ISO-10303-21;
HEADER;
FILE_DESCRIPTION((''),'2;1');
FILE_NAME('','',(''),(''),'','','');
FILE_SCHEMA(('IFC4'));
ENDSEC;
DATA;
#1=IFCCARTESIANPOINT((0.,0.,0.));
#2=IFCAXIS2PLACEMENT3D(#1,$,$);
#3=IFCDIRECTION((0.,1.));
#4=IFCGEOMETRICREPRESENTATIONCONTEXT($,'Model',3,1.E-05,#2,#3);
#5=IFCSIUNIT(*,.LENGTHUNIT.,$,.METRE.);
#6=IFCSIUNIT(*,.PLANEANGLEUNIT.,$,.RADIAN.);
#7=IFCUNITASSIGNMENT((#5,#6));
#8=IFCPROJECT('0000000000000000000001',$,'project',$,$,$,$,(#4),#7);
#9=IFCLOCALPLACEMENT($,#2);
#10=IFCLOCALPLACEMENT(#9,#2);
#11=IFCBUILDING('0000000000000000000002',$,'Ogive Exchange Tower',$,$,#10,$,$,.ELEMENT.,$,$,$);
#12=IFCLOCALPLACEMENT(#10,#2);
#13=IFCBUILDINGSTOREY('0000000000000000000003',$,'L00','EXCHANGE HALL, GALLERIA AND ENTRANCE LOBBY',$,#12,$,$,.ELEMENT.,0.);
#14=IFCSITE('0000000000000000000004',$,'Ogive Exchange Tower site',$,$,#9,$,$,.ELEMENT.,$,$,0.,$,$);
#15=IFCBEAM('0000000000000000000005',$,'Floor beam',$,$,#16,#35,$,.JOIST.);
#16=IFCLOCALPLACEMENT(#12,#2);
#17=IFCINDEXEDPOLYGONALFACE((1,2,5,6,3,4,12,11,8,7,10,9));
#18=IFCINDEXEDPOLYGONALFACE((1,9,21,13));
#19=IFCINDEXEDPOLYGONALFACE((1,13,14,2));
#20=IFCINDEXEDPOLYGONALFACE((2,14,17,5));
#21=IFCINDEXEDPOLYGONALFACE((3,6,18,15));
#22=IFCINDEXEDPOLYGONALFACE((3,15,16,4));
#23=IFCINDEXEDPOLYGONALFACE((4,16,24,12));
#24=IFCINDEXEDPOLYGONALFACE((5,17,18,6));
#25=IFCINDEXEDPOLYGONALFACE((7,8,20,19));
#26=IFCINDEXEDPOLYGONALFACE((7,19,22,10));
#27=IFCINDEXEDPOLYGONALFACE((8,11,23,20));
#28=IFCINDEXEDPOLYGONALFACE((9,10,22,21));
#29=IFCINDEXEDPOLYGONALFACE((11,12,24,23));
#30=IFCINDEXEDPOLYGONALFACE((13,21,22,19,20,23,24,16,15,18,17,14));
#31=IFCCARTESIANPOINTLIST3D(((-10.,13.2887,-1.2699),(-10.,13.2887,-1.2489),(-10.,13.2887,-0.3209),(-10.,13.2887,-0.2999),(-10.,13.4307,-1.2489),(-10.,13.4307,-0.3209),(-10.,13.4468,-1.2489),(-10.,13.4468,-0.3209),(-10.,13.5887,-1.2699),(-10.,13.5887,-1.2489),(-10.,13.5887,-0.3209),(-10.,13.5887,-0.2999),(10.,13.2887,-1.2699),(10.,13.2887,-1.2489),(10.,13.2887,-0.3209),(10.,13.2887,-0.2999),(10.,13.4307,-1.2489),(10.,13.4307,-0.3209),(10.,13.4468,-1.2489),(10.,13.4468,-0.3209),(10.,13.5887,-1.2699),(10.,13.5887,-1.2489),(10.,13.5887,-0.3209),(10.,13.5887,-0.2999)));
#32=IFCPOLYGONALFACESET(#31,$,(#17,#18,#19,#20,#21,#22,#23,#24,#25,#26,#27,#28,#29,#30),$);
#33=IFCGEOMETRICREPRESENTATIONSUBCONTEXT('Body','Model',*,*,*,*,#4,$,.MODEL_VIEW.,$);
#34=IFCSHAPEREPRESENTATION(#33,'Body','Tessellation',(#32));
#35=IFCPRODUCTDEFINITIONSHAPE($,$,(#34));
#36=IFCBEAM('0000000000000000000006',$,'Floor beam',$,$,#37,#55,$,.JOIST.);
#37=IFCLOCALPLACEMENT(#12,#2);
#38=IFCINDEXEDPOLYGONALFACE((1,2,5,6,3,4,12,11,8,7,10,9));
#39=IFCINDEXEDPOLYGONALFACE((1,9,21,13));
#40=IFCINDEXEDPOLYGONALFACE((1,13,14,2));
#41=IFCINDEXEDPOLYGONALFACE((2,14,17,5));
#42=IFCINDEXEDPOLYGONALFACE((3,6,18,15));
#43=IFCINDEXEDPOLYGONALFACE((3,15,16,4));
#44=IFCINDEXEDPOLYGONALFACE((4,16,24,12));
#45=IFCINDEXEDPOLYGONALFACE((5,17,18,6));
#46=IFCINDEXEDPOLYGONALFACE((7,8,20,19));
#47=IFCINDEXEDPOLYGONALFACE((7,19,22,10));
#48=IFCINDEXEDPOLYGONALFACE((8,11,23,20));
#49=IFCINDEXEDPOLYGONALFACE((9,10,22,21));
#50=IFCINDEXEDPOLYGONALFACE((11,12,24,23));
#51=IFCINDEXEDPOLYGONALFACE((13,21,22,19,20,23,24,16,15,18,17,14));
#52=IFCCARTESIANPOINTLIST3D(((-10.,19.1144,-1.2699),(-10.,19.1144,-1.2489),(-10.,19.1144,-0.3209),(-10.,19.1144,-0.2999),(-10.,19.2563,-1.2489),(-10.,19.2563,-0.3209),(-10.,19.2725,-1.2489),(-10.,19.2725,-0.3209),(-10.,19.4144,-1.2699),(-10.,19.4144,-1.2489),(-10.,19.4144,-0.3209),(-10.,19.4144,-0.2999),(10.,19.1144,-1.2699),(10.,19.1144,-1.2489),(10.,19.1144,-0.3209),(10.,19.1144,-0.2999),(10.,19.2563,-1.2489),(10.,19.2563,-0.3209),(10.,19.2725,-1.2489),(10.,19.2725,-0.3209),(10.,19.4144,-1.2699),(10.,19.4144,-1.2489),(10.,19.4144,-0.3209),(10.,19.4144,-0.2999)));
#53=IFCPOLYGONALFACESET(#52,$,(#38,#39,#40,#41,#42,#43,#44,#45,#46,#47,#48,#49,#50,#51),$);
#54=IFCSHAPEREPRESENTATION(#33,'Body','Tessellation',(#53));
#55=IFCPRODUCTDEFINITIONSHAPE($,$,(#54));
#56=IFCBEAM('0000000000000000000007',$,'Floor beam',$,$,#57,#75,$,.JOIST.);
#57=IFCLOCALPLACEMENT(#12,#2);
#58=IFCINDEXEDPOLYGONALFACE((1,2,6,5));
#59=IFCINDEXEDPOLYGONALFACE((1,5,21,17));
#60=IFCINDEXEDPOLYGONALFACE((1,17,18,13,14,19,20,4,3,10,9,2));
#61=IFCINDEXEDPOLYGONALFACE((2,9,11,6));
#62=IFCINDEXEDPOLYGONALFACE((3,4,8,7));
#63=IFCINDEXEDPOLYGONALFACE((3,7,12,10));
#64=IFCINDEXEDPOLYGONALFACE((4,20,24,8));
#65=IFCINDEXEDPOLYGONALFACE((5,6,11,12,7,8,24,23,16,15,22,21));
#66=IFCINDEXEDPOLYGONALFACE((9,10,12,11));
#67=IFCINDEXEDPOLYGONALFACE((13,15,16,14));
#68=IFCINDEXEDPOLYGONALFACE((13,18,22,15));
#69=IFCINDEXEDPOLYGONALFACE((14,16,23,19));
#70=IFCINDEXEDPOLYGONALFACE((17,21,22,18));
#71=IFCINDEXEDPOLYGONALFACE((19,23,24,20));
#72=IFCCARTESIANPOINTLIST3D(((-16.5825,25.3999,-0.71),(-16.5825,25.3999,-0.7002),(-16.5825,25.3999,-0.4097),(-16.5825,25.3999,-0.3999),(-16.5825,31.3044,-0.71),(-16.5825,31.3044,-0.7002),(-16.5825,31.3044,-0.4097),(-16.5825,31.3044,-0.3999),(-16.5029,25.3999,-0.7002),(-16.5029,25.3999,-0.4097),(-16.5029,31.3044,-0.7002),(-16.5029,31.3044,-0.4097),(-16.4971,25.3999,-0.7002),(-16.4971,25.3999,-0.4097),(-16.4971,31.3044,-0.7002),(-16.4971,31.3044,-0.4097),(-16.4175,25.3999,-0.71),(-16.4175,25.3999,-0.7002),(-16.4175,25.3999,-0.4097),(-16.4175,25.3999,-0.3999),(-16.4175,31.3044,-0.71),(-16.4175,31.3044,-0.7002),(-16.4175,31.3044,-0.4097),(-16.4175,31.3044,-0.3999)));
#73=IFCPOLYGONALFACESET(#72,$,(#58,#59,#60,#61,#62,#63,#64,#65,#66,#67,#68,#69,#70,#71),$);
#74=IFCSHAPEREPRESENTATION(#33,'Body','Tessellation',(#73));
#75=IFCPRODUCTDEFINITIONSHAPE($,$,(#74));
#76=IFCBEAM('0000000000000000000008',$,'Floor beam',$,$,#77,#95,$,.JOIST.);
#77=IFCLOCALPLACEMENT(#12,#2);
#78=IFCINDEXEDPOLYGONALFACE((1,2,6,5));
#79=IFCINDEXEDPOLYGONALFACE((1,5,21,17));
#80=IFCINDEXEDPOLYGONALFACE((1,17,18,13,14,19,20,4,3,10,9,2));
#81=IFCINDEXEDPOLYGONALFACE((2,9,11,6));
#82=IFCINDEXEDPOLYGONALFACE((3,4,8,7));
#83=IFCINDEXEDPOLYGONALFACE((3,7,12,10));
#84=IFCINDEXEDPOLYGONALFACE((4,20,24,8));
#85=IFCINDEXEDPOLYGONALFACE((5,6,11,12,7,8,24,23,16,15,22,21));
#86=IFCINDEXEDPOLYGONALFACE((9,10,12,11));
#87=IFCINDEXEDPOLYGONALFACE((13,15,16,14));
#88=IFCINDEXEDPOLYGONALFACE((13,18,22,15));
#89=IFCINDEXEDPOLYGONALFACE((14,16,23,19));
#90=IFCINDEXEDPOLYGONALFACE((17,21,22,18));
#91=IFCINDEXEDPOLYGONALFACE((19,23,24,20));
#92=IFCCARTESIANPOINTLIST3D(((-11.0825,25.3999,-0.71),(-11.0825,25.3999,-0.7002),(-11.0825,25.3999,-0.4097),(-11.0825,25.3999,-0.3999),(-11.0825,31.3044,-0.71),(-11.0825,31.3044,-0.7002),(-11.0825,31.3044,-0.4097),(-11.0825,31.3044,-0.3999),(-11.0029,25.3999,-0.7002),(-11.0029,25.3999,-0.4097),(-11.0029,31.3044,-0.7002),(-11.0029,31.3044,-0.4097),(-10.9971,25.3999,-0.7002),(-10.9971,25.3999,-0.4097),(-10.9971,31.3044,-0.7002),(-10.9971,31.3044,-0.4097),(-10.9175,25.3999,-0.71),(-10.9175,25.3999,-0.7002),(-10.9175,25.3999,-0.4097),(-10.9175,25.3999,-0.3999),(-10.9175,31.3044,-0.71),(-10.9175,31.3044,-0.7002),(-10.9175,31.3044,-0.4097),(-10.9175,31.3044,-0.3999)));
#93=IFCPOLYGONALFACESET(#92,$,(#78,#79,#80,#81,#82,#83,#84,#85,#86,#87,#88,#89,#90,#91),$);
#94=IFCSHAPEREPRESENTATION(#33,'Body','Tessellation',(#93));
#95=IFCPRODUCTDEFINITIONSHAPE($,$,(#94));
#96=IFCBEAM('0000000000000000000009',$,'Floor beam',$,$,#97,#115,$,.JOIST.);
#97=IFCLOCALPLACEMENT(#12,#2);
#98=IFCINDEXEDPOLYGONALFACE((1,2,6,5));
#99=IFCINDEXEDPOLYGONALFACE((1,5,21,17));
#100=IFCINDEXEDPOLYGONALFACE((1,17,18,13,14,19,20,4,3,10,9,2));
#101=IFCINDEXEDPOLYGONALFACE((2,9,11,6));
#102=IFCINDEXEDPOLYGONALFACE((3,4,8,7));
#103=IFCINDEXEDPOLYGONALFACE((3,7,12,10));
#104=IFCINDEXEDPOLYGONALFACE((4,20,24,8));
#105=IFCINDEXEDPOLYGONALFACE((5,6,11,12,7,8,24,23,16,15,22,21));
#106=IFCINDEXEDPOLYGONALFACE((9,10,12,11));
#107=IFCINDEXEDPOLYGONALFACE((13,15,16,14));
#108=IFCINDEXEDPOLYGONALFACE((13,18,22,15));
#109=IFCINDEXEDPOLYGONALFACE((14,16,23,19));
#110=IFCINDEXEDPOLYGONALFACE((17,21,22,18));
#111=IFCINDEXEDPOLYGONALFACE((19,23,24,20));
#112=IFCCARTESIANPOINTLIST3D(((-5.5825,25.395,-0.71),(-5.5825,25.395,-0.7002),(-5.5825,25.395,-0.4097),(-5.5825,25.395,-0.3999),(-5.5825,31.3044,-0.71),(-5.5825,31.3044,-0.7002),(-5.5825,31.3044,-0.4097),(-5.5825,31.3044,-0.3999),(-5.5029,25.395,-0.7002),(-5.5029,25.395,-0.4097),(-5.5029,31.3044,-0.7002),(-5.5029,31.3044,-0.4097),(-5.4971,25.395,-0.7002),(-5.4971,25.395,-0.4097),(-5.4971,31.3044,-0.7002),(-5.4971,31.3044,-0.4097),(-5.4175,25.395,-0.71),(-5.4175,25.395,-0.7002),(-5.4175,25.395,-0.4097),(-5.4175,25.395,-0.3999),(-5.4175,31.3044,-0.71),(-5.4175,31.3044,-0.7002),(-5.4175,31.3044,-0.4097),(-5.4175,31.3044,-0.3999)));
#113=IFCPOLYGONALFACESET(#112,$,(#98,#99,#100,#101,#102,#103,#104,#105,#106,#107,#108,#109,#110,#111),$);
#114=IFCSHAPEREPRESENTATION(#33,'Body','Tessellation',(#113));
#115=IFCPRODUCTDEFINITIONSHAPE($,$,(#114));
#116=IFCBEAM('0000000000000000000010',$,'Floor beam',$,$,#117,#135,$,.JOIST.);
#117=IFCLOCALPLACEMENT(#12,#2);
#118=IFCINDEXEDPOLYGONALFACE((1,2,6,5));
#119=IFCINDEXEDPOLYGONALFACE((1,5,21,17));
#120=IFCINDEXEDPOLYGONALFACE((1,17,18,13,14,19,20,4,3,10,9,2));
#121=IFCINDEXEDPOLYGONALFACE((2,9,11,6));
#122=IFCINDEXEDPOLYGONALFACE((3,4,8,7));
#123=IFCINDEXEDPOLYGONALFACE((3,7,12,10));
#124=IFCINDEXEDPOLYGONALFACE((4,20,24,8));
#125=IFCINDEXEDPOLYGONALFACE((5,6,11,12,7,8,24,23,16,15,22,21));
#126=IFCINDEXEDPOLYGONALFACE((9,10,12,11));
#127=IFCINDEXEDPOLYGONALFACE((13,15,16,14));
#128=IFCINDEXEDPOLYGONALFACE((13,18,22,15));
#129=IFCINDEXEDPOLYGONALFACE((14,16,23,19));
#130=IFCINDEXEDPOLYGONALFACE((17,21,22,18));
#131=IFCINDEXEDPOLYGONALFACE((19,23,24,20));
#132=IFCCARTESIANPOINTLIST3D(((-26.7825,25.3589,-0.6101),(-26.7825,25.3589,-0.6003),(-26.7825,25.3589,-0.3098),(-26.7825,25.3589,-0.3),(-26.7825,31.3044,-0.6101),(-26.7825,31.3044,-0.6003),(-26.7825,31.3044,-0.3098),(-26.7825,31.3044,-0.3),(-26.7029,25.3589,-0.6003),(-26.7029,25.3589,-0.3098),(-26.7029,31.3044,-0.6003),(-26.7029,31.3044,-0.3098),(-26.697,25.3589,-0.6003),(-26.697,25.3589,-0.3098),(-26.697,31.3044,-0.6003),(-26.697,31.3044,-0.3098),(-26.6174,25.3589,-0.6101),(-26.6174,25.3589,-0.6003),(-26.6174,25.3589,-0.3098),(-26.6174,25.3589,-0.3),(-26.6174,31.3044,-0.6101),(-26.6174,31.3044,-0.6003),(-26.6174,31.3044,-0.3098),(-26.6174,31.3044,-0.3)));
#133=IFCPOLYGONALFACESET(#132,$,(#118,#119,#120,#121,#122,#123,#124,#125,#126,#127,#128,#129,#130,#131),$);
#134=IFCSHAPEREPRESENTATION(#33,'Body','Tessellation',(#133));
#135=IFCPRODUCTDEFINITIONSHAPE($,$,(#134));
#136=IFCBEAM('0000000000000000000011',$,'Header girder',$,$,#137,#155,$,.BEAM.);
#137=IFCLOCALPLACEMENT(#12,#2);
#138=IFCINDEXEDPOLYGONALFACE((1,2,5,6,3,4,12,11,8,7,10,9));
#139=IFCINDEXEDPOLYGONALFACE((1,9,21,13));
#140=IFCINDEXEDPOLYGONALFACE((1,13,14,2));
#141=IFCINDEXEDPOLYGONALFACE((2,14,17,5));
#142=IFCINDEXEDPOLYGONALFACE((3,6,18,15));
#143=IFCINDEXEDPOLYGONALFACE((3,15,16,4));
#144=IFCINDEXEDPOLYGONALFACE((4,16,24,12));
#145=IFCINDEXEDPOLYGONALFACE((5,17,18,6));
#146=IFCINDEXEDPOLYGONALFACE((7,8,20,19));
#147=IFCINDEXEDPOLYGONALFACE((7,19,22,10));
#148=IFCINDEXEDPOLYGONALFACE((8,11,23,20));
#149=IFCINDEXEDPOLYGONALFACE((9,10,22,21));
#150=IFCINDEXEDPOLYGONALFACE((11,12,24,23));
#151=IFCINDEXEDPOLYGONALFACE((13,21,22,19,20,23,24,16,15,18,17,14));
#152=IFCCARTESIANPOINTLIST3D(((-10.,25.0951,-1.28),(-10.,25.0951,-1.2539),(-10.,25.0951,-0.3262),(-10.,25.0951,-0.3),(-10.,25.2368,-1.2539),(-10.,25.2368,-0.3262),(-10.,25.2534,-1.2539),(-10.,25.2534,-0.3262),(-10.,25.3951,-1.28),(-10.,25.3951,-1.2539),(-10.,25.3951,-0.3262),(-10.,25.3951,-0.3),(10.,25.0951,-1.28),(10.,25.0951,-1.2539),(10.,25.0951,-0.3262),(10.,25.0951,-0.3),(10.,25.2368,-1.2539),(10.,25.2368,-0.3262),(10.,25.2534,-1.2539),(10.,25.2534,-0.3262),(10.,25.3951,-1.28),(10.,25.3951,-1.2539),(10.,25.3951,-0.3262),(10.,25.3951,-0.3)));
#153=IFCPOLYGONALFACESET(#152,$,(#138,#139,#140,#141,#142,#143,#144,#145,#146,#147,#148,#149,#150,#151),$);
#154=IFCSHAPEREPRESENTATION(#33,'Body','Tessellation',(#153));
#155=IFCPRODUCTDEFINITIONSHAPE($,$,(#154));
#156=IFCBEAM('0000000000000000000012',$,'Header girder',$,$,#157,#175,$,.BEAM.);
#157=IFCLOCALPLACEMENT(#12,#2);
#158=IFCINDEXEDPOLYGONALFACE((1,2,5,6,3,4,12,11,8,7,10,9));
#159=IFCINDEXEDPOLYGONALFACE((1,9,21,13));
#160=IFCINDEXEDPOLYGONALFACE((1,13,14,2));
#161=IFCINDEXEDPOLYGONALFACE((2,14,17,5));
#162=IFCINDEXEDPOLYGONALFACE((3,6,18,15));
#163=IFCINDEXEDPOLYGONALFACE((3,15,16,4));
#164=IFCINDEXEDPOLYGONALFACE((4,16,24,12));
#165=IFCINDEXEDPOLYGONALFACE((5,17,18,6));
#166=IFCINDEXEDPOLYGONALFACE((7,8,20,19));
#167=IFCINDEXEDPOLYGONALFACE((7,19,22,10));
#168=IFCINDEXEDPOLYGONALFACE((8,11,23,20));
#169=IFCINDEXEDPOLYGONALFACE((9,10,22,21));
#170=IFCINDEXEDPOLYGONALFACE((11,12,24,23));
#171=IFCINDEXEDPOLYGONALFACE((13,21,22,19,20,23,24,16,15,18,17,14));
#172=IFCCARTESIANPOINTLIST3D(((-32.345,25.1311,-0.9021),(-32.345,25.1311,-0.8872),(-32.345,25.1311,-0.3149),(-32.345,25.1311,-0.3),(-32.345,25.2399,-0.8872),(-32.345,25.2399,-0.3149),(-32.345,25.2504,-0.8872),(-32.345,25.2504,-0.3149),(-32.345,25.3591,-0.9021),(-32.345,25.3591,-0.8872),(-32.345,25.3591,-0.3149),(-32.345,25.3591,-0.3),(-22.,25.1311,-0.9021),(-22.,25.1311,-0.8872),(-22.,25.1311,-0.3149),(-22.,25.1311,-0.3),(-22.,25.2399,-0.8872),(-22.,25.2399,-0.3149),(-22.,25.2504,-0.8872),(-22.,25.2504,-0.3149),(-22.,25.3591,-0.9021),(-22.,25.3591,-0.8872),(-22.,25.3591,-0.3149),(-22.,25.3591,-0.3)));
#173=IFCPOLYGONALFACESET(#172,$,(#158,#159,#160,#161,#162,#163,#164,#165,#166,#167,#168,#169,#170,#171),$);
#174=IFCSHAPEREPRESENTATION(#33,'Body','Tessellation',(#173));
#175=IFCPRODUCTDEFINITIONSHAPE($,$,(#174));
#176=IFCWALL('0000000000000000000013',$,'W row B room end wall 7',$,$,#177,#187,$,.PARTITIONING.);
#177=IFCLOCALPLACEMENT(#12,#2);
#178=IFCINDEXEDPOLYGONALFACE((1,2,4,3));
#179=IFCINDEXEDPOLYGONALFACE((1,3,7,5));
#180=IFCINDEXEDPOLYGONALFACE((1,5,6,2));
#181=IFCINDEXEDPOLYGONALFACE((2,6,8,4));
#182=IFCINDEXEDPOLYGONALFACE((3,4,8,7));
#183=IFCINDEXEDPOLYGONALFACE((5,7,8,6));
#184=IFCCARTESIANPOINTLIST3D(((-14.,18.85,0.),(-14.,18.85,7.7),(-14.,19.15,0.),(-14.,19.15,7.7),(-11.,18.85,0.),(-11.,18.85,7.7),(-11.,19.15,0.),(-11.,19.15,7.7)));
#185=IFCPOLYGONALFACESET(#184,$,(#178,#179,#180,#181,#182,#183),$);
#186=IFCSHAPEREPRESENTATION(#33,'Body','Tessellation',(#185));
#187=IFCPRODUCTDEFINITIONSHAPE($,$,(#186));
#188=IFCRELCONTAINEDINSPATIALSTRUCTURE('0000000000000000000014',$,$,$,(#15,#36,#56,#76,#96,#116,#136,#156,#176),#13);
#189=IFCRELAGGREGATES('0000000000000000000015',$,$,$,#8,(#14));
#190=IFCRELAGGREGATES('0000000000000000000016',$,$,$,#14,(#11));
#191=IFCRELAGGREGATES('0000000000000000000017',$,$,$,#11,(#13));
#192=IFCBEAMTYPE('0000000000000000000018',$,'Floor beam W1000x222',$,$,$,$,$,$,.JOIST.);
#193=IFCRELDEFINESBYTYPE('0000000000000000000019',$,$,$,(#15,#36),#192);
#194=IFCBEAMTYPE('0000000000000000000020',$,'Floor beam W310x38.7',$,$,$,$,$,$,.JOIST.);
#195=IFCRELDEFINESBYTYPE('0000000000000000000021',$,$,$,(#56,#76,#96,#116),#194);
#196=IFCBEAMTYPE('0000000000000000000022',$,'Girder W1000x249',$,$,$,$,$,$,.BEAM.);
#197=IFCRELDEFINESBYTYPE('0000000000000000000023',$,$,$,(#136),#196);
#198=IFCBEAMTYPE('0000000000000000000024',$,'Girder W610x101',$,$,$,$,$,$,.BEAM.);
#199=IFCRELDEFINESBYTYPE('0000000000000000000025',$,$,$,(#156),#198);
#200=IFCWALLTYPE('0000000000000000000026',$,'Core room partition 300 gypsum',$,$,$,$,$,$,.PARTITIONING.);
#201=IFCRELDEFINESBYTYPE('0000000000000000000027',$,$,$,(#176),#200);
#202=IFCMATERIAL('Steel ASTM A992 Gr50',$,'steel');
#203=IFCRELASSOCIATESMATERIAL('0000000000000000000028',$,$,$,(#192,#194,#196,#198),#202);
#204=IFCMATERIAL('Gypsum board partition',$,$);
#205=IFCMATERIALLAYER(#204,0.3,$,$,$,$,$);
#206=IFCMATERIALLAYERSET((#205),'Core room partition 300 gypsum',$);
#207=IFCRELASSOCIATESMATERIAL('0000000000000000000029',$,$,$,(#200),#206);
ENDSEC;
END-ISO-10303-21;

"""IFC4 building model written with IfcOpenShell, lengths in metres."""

from ifc_helpers import new_model, si_unit, direction, frame, frame_2d, origin, origin_2d, place, context, subcontext, project, spatial, rectangle, i_section, extrude, material, layer, layer_set, material_profile, profile_set, type_object, element, save


model = new_model("IFC4")

# Units and contexts
model_context = context("Model", 3, precision=1e-05, world=origin(), true_north=direction((0.0, 1.0)))
body_context = subcontext(model_context, "Body", "Model", "MODEL_VIEW")
ifc_project = project(units=[si_unit("LENGTHUNIT", "METRE"), si_unit("PLANEANGLEUNIT", "RADIAN")], contexts=[model_context])

# Site, building, storey
site_placement = place(None, origin())
site = spatial("IfcSite", under=ifc_project, at=site_placement, Name="Ogive Exchange Tower site", CompositionType="ELEMENT", RefElevation=0.0)
building_placement = place(site_placement, origin())
building = spatial("IfcBuilding", under=site, at=building_placement, Name="Ogive Exchange Tower", CompositionType="ELEMENT")
storey_placement = place(building_placement, origin())
storey = spatial("IfcBuildingStorey", under=building, at=storey_placement, Name="L00", Description="EXCHANGE HALL, GALLERIA AND ENTRANCE LOBBY", CompositionType="ELEMENT", Elevation=0.0)

# Beams
ifc_material_1 = material(Name="Steel ASTM A992 Gr50", Category="steel")
ifc_material_profile_1 = material_profile(ifc_material_1, i_section(OverallWidth=0.3, OverallDepth=0.97, WebThickness=0.0161, FlangeThickness=0.021, at=origin_2d()), Name="W1000x222")
ifc_profile_set_1 = profile_set([ifc_material_profile_1], Name="Steel ASTM A992 Gr50")
beam_type_1 = type_object("IfcBeamType", Name="Floor beam W1000x222", PredefinedType="JOIST", material=ifc_profile_set_1)
for number, where, z_axis, x_axis, name in (
    (1, (-10.0, 13.4387, -0.7849), (1.0, 0.0, 0.0), (0.0, 1.0, 0.0), "Floor beam"),
    (2, (-10.0, 19.2644, -0.7849), (1.0, 0.0, 0.0), (0.0, 1.0, 0.0), "Floor beam"),
):
    element("IfcBeam", number, at=place(storey_placement, frame(where, z_axis=z_axis, x_axis=x_axis)), inside=storey, type_object=beam_type_1, Name=name, PredefinedType="JOIST", context=body_context, shape_type="SweptSolid", body=[
        extrude(i_section(OverallWidth=0.3, OverallDepth=0.97, WebThickness=0.0161, FlangeThickness=0.021, at=origin_2d()), origin(), (0.0, 0.0, 1.0), 20.0),
    ])
ifc_material_profile_2 = material_profile(ifc_material_1, i_section(OverallWidth=0.165, OverallDepth=0.3101, WebThickness=0.0059, FlangeThickness=0.0098, at=origin_2d()), Name="W310x38.7")
ifc_profile_set_2 = profile_set([ifc_material_profile_2], Name="Steel ASTM A992 Gr50")
beam_type_2 = type_object("IfcBeamType", Name="Floor beam W310x38.7", PredefinedType="JOIST", material=ifc_profile_set_2)
for number, where, z_axis, x_axis, name in (
    (3, (-16.5, 25.3999, -0.5549), (0.0, 1.0, 0.0), (-1.0, 0.0, 0.0), "Floor beam"),
    (4, (-11.0, 25.3999, -0.5549), (0.0, 1.0, 0.0), (-1.0, 0.0, 0.0), "Floor beam"),
):
    element("IfcBeam", number, at=place(storey_placement, frame(where, z_axis=z_axis, x_axis=x_axis)), inside=storey, type_object=beam_type_2, Name=name, PredefinedType="JOIST", context=body_context, shape_type="SweptSolid", body=[
        extrude(i_section(OverallWidth=0.165, OverallDepth=0.3101, WebThickness=0.0059, FlangeThickness=0.0098, at=origin_2d()), origin(), (0.0, 0.0, 1.0), 5.9045),
    ])
beam_1_placement = place(storey_placement, frame((-5.5, 25.395, -0.5549), z_axis=(0.0, 1.0, 0.0), x_axis=(-1.0, 0.0, 0.0)))
element("IfcBeam", 5, at=beam_1_placement, inside=storey, type_object=beam_type_2, Name="Floor beam", PredefinedType="JOIST", context=body_context, shape_type="SweptSolid", body=[
    extrude(i_section(OverallWidth=0.165, OverallDepth=0.3101, WebThickness=0.0059, FlangeThickness=0.0098, at=origin_2d()), origin(), (0.0, 0.0, 1.0), 5.9094),
])
beam_2_placement = place(storey_placement, frame((-26.7, 25.3589, -0.4551), z_axis=(0.0, 1.0, 0.0), x_axis=(-1.0, 0.0, 0.0)))
element("IfcBeam", 6, at=beam_2_placement, inside=storey, type_object=beam_type_2, Name="Floor beam", PredefinedType="JOIST", context=body_context, shape_type="SweptSolid", body=[
    extrude(i_section(OverallWidth=0.165, OverallDepth=0.3101, WebThickness=0.0059, FlangeThickness=0.0098, at=origin_2d()), origin(), (0.0, 0.0, 1.0), 5.9456),
])
ifc_material_profile_3 = material_profile(ifc_material_1, i_section(OverallWidth=0.3, OverallDepth=0.98, WebThickness=0.0166, FlangeThickness=0.0261, at=origin_2d()), Name="W1000x249")
ifc_profile_set_3 = profile_set([ifc_material_profile_3], Name="Steel ASTM A992 Gr50")
beam_type_3 = type_object("IfcBeamType", Name="Girder W1000x249", PredefinedType="BEAM", material=ifc_profile_set_3)
beam_3_placement = place(storey_placement, frame((-10.0, 25.2451, -0.79), z_axis=(1.0, 0.0, 0.0), x_axis=(0.0, 1.0, 0.0)))
element("IfcBeam", 7, at=beam_3_placement, inside=storey, type_object=beam_type_3, Name="Header girder", PredefinedType="BEAM", context=body_context, shape_type="SweptSolid", body=[
    extrude(i_section(OverallWidth=0.3, OverallDepth=0.98, WebThickness=0.0166, FlangeThickness=0.0261, at=origin_2d()), origin(), (0.0, 0.0, 1.0), 20.0),
])
ifc_material_profile_4 = material_profile(ifc_material_1, i_section(OverallWidth=0.228, OverallDepth=0.6021, WebThickness=0.0105, FlangeThickness=0.0149, at=origin_2d()), Name="W610x101")
ifc_profile_set_4 = profile_set([ifc_material_profile_4], Name="Steel ASTM A992 Gr50")
beam_type_4 = type_object("IfcBeamType", Name="Girder W610x101", PredefinedType="BEAM", material=ifc_profile_set_4)
beam_4_placement = place(storey_placement, frame((-22.0, 25.2451, -0.6011), z_axis=(-1.0, 0.0, 0.0), x_axis=(0.0, -1.0, 0.0)))
element("IfcBeam", 8, at=beam_4_placement, inside=storey, type_object=beam_type_4, Name="Header girder", PredefinedType="BEAM", context=body_context, shape_type="SweptSolid", body=[
    extrude(i_section(OverallWidth=0.228, OverallDepth=0.6021, WebThickness=0.0105, FlangeThickness=0.0149, at=origin_2d()), origin(), (0.0, 0.0, 1.0), 10.345),
])

# Wall
ifc_material_2 = material(Name="Gypsum board partition")
ifc_layer_1 = layer(ifc_material_2, 0.3)
ifc_layer_set_1 = layer_set([ifc_layer_1], Name="Core room partition 300 gypsum")
wall_type_1 = type_object("IfcWallType", Name="Core room partition 300 gypsum", PredefinedType="PARTITIONING", material=ifc_layer_set_1)
wall_1_placement = place(storey_placement, frame((-14.0, 19.0, 0.0), z_axis=(0.0, 0.0, 1.0), x_axis=(1.0, 0.0, 0.0)))
element("IfcWall", 9, at=wall_1_placement, inside=storey, type_object=wall_type_1, Name="W row B room end wall 7", PredefinedType="PARTITIONING", context=body_context, shape_type="SweptSolid", body=[
    extrude(rectangle(XDim=3.0, YDim=0.3, at=frame_2d((1.5, 0.0))), origin(), (0.0, 0.0, 1.0), 7.7),
])

save(model, "model.ifc")
